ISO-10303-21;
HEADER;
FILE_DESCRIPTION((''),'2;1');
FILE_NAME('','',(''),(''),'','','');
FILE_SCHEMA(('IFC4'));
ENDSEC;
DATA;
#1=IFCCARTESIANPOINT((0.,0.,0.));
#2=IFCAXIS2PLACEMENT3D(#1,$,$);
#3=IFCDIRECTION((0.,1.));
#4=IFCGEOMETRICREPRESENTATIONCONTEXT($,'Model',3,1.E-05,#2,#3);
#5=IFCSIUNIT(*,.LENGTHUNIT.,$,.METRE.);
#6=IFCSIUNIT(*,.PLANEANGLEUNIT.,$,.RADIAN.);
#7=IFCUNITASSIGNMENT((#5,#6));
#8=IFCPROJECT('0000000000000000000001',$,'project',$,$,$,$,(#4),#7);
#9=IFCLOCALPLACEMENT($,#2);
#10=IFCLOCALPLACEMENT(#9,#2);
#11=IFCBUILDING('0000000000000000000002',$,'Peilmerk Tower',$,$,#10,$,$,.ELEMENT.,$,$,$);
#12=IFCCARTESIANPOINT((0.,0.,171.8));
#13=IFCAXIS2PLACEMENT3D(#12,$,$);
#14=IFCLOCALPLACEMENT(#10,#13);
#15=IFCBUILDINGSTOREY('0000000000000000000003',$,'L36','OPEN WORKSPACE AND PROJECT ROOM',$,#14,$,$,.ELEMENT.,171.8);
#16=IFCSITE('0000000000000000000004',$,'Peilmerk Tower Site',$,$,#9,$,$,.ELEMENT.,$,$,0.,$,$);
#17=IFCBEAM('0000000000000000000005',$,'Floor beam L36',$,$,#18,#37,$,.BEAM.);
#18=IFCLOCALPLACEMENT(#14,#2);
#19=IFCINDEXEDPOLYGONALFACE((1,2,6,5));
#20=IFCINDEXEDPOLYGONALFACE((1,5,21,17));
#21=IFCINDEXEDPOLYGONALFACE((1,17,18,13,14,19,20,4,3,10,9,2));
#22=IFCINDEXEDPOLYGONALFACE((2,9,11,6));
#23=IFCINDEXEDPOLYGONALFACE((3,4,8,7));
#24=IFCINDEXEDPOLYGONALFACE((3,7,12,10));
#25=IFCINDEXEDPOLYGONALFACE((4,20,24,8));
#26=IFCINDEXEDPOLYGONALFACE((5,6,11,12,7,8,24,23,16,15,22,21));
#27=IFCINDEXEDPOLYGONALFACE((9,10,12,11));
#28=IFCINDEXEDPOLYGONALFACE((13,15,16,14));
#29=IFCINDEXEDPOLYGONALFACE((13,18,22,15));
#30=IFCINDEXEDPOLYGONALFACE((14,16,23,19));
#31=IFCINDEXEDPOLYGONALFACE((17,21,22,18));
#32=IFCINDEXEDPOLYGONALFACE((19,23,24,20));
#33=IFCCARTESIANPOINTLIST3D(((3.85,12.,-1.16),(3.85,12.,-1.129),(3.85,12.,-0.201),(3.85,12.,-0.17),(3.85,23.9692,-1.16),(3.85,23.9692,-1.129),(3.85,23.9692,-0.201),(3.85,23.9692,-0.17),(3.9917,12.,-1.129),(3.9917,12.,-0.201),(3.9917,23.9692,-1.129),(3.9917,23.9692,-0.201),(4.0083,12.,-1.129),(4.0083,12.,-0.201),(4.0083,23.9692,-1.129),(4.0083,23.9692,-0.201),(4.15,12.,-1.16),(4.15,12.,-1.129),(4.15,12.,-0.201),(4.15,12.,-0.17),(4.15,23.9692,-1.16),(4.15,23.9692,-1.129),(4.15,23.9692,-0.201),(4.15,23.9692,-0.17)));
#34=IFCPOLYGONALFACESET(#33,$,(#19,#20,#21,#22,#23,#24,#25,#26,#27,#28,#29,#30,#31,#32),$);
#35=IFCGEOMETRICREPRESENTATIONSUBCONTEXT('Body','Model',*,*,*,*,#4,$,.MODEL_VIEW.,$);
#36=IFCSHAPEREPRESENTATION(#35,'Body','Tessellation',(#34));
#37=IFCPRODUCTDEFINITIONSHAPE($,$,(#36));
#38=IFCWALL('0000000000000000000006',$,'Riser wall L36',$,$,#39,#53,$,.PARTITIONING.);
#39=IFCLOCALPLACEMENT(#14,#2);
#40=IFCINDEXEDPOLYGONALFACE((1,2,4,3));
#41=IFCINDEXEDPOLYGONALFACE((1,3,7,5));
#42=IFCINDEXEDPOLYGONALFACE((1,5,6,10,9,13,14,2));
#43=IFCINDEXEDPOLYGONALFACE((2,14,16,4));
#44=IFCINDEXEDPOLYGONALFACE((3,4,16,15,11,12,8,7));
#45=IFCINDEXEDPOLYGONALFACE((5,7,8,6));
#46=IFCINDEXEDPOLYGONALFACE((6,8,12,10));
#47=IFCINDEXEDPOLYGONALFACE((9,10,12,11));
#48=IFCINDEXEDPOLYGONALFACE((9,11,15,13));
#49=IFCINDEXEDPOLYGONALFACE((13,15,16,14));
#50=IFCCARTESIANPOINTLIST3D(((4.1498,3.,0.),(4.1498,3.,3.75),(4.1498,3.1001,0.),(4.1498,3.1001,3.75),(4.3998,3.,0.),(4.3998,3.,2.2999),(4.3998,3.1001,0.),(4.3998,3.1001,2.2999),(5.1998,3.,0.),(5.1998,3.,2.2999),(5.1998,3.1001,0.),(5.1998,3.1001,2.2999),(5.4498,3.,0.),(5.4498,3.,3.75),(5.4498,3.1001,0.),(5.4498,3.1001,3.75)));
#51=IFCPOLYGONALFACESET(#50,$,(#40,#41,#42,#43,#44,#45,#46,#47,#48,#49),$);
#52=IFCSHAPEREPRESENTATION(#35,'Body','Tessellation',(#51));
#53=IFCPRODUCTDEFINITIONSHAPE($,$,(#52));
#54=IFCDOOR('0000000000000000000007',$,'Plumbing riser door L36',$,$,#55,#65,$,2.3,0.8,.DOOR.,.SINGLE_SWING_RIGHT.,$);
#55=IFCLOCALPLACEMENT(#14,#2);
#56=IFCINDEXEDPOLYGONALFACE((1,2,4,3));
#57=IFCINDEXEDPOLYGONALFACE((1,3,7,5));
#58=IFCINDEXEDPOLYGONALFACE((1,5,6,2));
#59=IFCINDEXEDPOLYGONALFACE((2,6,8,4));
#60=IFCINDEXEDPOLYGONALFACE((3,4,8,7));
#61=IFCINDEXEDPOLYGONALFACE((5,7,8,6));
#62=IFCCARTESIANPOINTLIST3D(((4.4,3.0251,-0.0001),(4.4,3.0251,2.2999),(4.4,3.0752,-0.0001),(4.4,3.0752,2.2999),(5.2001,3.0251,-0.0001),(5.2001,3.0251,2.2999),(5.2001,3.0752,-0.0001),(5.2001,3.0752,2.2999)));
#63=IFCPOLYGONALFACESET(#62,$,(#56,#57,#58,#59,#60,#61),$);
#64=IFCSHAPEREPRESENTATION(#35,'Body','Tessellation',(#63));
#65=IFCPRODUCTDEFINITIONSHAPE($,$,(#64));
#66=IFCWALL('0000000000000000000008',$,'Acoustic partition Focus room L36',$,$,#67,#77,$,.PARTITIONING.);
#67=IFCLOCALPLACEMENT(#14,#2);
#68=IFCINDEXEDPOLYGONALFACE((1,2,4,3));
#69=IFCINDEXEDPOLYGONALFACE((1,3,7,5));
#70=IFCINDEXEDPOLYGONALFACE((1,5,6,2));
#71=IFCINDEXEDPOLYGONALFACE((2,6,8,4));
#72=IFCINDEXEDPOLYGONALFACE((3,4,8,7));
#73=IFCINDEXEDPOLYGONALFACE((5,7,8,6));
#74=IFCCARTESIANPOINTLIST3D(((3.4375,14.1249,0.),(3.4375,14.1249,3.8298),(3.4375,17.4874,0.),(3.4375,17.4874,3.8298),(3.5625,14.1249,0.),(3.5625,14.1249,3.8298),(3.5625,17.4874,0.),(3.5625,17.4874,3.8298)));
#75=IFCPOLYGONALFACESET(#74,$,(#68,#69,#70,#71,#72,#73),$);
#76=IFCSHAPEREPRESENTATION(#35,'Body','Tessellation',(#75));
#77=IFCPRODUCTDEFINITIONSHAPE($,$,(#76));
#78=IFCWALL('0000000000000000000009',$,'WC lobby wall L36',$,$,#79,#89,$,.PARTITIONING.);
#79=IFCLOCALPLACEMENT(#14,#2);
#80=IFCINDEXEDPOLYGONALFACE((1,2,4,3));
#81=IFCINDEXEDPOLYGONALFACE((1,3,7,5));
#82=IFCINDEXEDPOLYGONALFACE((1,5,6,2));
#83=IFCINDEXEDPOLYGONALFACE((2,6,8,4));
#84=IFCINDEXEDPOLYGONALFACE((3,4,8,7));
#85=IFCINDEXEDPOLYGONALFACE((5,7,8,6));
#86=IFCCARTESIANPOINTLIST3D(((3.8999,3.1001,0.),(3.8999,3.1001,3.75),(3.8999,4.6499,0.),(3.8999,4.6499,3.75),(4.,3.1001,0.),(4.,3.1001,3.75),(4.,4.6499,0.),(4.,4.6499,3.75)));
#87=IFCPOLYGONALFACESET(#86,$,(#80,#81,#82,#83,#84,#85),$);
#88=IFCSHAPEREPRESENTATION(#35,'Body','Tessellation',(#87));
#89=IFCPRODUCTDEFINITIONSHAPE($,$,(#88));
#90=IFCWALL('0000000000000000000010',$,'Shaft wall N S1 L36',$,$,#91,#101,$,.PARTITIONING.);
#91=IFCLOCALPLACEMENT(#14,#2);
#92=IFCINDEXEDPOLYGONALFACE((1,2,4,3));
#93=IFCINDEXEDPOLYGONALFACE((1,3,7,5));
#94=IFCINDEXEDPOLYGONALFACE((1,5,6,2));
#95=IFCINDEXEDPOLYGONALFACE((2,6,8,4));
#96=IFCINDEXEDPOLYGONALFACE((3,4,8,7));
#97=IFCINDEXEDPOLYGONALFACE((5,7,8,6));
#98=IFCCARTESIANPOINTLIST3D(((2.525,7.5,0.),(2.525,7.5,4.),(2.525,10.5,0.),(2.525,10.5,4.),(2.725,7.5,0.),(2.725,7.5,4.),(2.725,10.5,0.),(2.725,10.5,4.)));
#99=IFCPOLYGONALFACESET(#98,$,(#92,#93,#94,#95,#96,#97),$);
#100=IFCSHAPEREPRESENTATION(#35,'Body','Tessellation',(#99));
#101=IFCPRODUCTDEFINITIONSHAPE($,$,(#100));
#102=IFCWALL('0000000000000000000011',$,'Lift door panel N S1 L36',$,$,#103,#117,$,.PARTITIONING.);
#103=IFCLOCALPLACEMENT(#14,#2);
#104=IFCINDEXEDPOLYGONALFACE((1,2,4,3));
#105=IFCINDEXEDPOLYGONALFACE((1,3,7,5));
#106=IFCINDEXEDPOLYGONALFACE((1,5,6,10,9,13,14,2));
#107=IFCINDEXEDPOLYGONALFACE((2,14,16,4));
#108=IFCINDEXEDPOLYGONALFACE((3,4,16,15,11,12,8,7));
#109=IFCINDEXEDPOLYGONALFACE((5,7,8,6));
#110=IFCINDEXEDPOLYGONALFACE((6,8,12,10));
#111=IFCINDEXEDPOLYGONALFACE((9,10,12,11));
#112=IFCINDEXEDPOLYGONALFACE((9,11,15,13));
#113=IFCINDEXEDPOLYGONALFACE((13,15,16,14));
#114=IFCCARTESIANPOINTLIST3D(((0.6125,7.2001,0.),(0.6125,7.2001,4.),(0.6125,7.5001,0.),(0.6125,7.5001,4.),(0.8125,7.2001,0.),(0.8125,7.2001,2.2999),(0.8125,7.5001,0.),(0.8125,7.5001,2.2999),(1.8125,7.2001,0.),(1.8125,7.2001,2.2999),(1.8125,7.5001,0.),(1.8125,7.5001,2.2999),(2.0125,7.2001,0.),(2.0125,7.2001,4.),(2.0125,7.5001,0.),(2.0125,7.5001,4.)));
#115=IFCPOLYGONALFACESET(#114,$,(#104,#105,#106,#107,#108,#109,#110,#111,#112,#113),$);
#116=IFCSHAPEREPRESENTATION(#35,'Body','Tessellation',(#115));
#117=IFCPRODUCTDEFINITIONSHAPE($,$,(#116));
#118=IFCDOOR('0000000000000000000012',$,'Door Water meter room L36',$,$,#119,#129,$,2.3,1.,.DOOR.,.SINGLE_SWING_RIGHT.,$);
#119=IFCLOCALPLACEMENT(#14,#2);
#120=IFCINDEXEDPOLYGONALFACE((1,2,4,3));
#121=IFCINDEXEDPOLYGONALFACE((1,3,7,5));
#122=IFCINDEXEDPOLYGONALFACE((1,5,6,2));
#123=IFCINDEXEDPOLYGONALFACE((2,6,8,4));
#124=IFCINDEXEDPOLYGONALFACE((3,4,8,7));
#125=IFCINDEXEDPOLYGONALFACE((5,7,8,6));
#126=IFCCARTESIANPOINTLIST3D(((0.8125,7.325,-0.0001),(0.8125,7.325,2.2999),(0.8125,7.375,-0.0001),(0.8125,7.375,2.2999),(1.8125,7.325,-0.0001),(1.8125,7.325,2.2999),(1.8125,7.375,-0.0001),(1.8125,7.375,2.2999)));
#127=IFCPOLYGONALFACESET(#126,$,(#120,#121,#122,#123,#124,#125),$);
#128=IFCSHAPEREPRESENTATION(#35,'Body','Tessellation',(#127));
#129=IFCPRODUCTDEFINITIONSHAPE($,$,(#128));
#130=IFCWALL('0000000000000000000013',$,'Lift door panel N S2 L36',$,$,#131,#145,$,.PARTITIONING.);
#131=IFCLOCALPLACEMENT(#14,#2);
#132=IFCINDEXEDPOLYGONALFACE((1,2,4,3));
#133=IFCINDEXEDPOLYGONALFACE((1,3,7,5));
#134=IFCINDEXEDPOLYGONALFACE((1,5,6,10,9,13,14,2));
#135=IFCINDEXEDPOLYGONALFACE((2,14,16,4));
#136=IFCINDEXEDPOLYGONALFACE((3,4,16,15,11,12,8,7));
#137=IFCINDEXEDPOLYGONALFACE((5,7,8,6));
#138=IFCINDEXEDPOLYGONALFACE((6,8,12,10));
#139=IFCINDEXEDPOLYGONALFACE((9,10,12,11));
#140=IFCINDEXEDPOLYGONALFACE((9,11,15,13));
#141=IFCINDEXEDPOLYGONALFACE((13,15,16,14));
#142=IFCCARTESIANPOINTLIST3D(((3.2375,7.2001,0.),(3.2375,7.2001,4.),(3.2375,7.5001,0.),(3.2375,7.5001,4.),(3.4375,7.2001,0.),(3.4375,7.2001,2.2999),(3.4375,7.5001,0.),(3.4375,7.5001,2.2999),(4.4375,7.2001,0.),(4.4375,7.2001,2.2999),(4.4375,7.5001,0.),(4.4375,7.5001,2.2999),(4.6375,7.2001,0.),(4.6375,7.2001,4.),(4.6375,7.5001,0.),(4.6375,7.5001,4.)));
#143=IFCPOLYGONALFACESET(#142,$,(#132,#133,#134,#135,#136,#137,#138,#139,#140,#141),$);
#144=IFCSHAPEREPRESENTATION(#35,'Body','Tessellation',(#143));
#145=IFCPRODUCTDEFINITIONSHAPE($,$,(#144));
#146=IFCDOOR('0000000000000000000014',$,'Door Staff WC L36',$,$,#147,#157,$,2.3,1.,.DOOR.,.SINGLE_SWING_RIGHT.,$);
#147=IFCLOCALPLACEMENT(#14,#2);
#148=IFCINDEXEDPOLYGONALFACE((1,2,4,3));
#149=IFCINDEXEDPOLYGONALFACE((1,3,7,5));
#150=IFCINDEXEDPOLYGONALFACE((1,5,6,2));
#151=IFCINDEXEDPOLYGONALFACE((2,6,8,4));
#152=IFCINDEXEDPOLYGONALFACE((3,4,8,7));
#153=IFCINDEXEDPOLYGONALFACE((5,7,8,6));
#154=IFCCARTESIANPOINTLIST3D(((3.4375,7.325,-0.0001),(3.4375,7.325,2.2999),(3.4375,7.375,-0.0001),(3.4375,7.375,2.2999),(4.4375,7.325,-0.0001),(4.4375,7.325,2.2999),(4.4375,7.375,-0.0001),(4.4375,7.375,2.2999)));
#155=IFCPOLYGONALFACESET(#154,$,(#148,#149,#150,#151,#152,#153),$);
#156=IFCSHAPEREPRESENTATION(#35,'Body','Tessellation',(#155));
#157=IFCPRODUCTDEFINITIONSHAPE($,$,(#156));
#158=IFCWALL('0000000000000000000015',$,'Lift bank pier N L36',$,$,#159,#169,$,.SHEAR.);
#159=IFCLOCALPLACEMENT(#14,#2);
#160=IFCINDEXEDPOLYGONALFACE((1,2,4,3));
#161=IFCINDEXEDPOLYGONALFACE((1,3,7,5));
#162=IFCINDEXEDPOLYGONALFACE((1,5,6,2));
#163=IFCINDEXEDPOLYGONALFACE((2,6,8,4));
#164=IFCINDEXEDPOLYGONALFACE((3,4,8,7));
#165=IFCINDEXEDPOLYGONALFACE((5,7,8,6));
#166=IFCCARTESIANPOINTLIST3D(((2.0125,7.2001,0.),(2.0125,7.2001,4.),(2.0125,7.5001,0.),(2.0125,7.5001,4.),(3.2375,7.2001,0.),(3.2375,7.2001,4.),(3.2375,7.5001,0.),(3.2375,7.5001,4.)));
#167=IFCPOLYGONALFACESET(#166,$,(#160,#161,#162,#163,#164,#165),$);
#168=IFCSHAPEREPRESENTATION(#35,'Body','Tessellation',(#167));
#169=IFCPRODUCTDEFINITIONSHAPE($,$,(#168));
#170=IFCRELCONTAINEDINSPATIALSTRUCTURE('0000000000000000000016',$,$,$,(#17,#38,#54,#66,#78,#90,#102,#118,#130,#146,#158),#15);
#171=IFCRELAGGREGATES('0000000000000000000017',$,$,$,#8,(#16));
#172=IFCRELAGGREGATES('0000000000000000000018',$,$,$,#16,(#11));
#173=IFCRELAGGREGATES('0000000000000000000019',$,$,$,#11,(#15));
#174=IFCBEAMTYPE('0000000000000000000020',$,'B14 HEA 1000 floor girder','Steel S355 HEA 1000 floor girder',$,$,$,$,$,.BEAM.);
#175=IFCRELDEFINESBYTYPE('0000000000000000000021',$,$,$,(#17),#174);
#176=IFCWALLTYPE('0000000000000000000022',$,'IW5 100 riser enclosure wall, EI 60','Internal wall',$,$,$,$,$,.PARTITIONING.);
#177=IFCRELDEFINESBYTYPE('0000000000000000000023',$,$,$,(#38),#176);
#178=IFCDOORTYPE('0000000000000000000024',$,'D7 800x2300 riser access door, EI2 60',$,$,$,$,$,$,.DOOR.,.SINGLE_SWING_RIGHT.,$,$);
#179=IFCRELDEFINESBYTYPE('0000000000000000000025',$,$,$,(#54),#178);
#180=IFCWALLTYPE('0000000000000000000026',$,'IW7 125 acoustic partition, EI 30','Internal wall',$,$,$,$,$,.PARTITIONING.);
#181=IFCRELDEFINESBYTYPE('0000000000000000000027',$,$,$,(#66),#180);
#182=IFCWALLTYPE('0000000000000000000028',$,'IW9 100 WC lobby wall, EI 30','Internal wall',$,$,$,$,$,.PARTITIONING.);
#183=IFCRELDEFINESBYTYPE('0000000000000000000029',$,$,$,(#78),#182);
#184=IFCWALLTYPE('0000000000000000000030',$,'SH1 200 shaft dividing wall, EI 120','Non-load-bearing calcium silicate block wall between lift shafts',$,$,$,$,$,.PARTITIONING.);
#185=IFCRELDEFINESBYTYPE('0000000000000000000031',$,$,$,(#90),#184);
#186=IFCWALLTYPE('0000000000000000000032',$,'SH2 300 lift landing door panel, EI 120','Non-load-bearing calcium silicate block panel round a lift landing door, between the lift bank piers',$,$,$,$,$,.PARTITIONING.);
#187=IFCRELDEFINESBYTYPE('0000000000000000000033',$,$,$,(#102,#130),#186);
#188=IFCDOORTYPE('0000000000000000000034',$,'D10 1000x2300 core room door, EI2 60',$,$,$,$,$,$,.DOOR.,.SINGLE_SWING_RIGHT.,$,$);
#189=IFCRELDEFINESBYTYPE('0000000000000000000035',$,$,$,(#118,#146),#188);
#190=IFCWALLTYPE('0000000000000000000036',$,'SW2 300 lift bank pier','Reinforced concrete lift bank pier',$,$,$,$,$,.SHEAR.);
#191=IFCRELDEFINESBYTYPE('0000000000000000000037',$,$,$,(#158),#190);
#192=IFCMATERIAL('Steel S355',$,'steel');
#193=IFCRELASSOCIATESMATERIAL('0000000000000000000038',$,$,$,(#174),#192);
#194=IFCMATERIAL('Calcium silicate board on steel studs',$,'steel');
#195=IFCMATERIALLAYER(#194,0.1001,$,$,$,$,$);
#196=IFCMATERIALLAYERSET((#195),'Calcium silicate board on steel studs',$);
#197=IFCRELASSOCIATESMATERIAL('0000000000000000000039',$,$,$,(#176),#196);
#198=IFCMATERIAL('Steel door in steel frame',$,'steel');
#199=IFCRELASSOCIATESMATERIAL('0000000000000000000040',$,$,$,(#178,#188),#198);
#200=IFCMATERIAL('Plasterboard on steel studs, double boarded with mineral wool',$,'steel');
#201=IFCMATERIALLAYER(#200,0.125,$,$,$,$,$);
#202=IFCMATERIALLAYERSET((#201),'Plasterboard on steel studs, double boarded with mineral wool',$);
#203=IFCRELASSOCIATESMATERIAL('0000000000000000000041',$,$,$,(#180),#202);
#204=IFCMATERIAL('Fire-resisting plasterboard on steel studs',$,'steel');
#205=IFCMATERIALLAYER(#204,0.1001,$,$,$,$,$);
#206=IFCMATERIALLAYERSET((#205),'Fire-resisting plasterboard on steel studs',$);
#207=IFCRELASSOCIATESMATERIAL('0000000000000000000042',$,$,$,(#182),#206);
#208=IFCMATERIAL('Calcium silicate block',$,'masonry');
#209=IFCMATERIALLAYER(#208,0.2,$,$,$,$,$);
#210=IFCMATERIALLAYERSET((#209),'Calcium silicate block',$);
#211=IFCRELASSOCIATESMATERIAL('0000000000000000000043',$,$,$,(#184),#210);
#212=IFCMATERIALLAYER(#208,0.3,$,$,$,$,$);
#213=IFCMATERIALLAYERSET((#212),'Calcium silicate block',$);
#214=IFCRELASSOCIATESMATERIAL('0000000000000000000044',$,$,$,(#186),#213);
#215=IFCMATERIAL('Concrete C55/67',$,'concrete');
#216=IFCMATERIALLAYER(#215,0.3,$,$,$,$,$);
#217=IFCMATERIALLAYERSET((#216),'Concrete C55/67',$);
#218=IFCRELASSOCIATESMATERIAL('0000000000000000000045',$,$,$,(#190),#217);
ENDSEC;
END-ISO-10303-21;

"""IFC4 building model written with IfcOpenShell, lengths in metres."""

from ifc_helpers import new_model, si_unit, direction, frame, frame_2d, origin, origin_2d, place, context, subcontext, project, spatial, rectangle, i_section, extrude, material, layer, layer_set, material_profile, profile_set, type_object, element, fill, save


model = new_model("IFC4")

# Units and contexts
model_context = context("Model", 3, precision=1e-05, world=origin(), true_north=direction((0.0, 1.0)))
body_context = subcontext(model_context, "Body", "Model", "MODEL_VIEW")
ifc_project = project(units=[si_unit("LENGTHUNIT", "METRE"), si_unit("PLANEANGLEUNIT", "RADIAN")], contexts=[model_context])

# Site, building, storey
site_placement = place(None, origin())
site = spatial("IfcSite", under=ifc_project, at=site_placement, Name="Peilmerk Tower Site", CompositionType="ELEMENT", RefElevation=0.0)
building_placement = place(site_placement, origin())
building = spatial("IfcBuilding", under=site, at=building_placement, Name="Peilmerk Tower", CompositionType="ELEMENT")
storey_placement = place(building_placement, frame((0.0, 0.0, 171.8)))
storey = spatial("IfcBuildingStorey", under=building, at=storey_placement, Name="L36", Description="OPEN WORKSPACE AND PROJECT ROOM", CompositionType="ELEMENT", Elevation=171.8)

# Beam
ifc_material_1 = material(Name="Steel S355", Category="steel")
ifc_material_profile = material_profile(ifc_material_1, i_section(OverallWidth=0.3, OverallDepth=0.99, WebThickness=0.0166, FlangeThickness=0.031, at=origin_2d()), Name="HEA 1000")
ifc_profile_set = profile_set([ifc_material_profile], Name="Steel S355")
beam_type = type_object("IfcBeamType", Name="B14 HEA 1000 floor girder", Description="Steel S355 HEA 1000 floor girder", PredefinedType="BEAM", material=ifc_profile_set)
beam_placement = place(storey_placement, frame((4.0, 12.0, -0.665), z_axis=(0.0, 1.0, 0.0), x_axis=(-1.0, 0.0, 0.0)))
element("IfcBeam", 1, at=beam_placement, inside=storey, type_object=beam_type, Name="Floor beam L36", PredefinedType="BEAM", context=body_context, shape_type="SweptSolid", body=[
    extrude(i_section(OverallWidth=0.3, OverallDepth=0.99, WebThickness=0.0166, FlangeThickness=0.031, at=origin_2d()), origin(), (0.0, 0.0, 1.0), 11.9692),
])

# Wall, opening, door
ifc_material_2 = material(Name="Calcium silicate board on steel studs", Category="steel")
ifc_layer_1 = layer(ifc_material_2, 0.1001)
ifc_layer_set_1 = layer_set([ifc_layer_1], Name="Calcium silicate board on steel studs")
wall_type_1 = type_object("IfcWallType", Name="IW5 100 riser enclosure wall, EI 60", Description="Internal wall", PredefinedType="PARTITIONING", material=ifc_layer_set_1)
wall_1_placement = place(storey_placement, frame((4.1499, 3.05, 0.0), z_axis=(0.0, 0.0, 1.0), x_axis=(1.0, 0.0, 0.0)))
wall_1 = element("IfcWall", 2, at=wall_1_placement, inside=storey, type_object=wall_type_1, Name="Riser wall L36", PredefinedType="PARTITIONING", context=body_context, shape_type="SweptSolid", body=[
    extrude(rectangle(XDim=1.3, YDim=0.1001, at=frame_2d((0.6499, 0.0))), origin(), (0.0, 0.0, 1.0), 3.75),
])
opening_1_placement = place(wall_1_placement, frame((0.25, 0.0, 0.0)))
opening_1 = element("IfcOpeningElement", 3, at=opening_1_placement, cuts=wall_1, PredefinedType="OPENING", context=body_context, shape_type="SweptSolid", body=[
    extrude(rectangle(XDim=0.8, YDim=2.3, at=frame_2d((0.3999, 1.1499))), frame((0.0, 0.0601, 0.0), z_axis=(0.0, -1.0, 0.0), x_axis=(1.0, 0.0, 0.0)), (0.0, 0.0, 1.0), 0.1201),
])
ifc_material_3 = material(Name="Steel door in steel frame", Category="steel")
door_type_1 = type_object("IfcDoorType", Name="D7 800x2300 riser access door, EI2 60", OperationType="SINGLE_SWING_RIGHT", PredefinedType="DOOR", material=ifc_material_3)
door_1_placement = place(opening_1_placement, frame((0.8, 0.0, 0.0), z_axis=(0.0, 0.0, 1.0), x_axis=(-1.0, 0.0, 0.0)))
door_1 = element("IfcDoor", 4, at=door_1_placement, inside=storey, type_object=door_type_1, Name="Plumbing riser door L36", OperationType="SINGLE_SWING_RIGHT", OverallHeight=2.3, OverallWidth=0.8, PredefinedType="DOOR", context=body_context, shape_type="SweptSolid", body=[
    extrude(rectangle(XDim=0.8, YDim=2.3, at=frame_2d((0.3999, 1.1499))), frame((0.0, 0.0249, 0.0), z_axis=(0.0, -1.0, 0.0), x_axis=(1.0, 0.0, 0.0)), (0.0, 0.0, 1.0), 0.05),
])
fill(opening_1, door_1)

# Walls
ifc_material_4 = material(Name="Plasterboard on steel studs, double boarded with mineral wool", Category="steel")
ifc_layer_2 = layer(ifc_material_4, 0.125)
ifc_layer_set_2 = layer_set([ifc_layer_2], Name="Plasterboard on steel studs, double boarded with mineral wool")
wall_type_2 = type_object("IfcWallType", Name="IW7 125 acoustic partition, EI 30", Description="Internal wall", PredefinedType="PARTITIONING", material=ifc_layer_set_2)
wall_2_placement = place(storey_placement, frame((3.5, 14.125, 0.0), z_axis=(0.0, 0.0, 1.0), x_axis=(0.0, 1.0, 0.0)))
element("IfcWall", 5, at=wall_2_placement, inside=storey, type_object=wall_type_2, Name="Acoustic partition Focus room L36", PredefinedType="PARTITIONING", context=body_context, shape_type="SweptSolid", body=[
    extrude(rectangle(XDim=3.3625, YDim=0.125, at=frame_2d((1.6812, 0.0))), origin(), (0.0, 0.0, 1.0), 3.8298),
])
ifc_material_5 = material(Name="Fire-resisting plasterboard on steel studs", Category="steel")
ifc_layer_3 = layer(ifc_material_5, 0.1001)
ifc_layer_set_3 = layer_set([ifc_layer_3], Name="Fire-resisting plasterboard on steel studs")
wall_type_3 = type_object("IfcWallType", Name="IW9 100 WC lobby wall, EI 30", Description="Internal wall", PredefinedType="PARTITIONING", material=ifc_layer_set_3)
wall_3_placement = place(storey_placement, frame((3.95, 3.1001, 0.0), z_axis=(0.0, 0.0, 1.0), x_axis=(0.0, 1.0, 0.0)))
element("IfcWall", 6, at=wall_3_placement, inside=storey, type_object=wall_type_3, Name="WC lobby wall L36", PredefinedType="PARTITIONING", context=body_context, shape_type="SweptSolid", body=[
    extrude(rectangle(XDim=1.5498, YDim=0.1001, at=frame_2d((0.7749, 0.0))), origin(), (0.0, 0.0, 1.0), 3.75),
])
ifc_material_6 = material(Name="Calcium silicate block", Category="masonry")
ifc_layer_4 = layer(ifc_material_6, 0.2)
ifc_layer_set_4 = layer_set([ifc_layer_4], Name="Calcium silicate block")
wall_type_4 = type_object("IfcWallType", Name="SH1 200 shaft dividing wall, EI 120", Description="Non-load-bearing calcium silicate block wall between lift shafts", PredefinedType="PARTITIONING", material=ifc_layer_set_4)
wall_4_placement = place(storey_placement, frame((2.625, 7.5, 0.0), z_axis=(0.0, 0.0, 1.0), x_axis=(0.0, 1.0, 0.0)))
element("IfcWall", 7, at=wall_4_placement, inside=storey, type_object=wall_type_4, Name="Shaft wall N S1 L36", PredefinedType="PARTITIONING", context=body_context, shape_type="SweptSolid", body=[
    extrude(rectangle(XDim=3.0, YDim=0.2, at=frame_2d((1.5, 0.0))), origin(), (0.0, 0.0, 1.0), 4.0),
])

# Walls, openings, doors
ifc_layer_5 = layer(ifc_material_6, 0.3)
ifc_layer_set_5 = layer_set([ifc_layer_5], Name="Calcium silicate block")
wall_type_5 = type_object("IfcWallType", Name="SH2 300 lift landing door panel, EI 120", Description="Non-load-bearing calcium silicate block panel round a lift landing door, between the lift bank piers", PredefinedType="PARTITIONING", material=ifc_layer_set_5)
wall_5_placement = place(storey_placement, frame((0.6125, 7.3501, 0.0), z_axis=(0.0, 0.0, 1.0), x_axis=(1.0, 0.0, 0.0)))
wall_5 = element("IfcWall", 8, at=wall_5_placement, inside=storey, type_object=wall_type_5, Name="Lift door panel N S1 L36", PredefinedType="PARTITIONING", context=body_context, shape_type="SweptSolid", body=[
    extrude(rectangle(XDim=1.3999, YDim=0.3, at=frame_2d((0.7, 0.0))), origin(), (0.0, 0.0, 1.0), 4.0),
])
opening_2_placement = place(wall_5_placement, frame((0.2, 0.0, 0.0)))
opening_2 = element("IfcOpeningElement", 9, at=opening_2_placement, cuts=wall_5, PredefinedType="OPENING", context=body_context, shape_type="SweptSolid", body=[
    extrude(rectangle(XDim=1.0, YDim=2.3, at=frame_2d((0.5, 1.1499))), frame((0.0, 0.1599, 0.0), z_axis=(0.0, -1.0, 0.0), x_axis=(1.0, 0.0, 0.0)), (0.0, 0.0, 1.0), 0.3201),
])
door_type_2 = type_object("IfcDoorType", Name="D10 1000x2300 core room door, EI2 60", OperationType="SINGLE_SWING_RIGHT", PredefinedType="DOOR", material=ifc_material_3)
door_2_placement = place(opening_2_placement, origin())
door_2 = element("IfcDoor", 10, at=door_2_placement, inside=storey, type_object=door_type_2, Name="Door Water meter room L36", OperationType="SINGLE_SWING_RIGHT", OverallHeight=2.3, OverallWidth=1.0, PredefinedType="DOOR", context=body_context, shape_type="SweptSolid", body=[
    extrude(rectangle(XDim=1.0, YDim=2.3, at=frame_2d((0.5, 1.1499))), frame((0.0, 0.0249, 0.0), z_axis=(0.0, -1.0, 0.0), x_axis=(1.0, 0.0, 0.0)), (0.0, 0.0, 1.0), 0.05),
])
fill(opening_2, door_2)
wall_6_placement = place(storey_placement, frame((3.2375, 7.3501, 0.0), z_axis=(0.0, 0.0, 1.0), x_axis=(1.0, 0.0, 0.0)))
wall_6 = element("IfcWall", 11, at=wall_6_placement, inside=storey, type_object=wall_type_5, Name="Lift door panel N S2 L36", PredefinedType="PARTITIONING", context=body_context, shape_type="SweptSolid", body=[
    extrude(rectangle(XDim=1.3999, YDim=0.3, at=frame_2d((0.7, 0.0))), origin(), (0.0, 0.0, 1.0), 4.0),
])
opening_3_placement = place(wall_6_placement, frame((0.2, 0.0, 0.0)))
opening_3 = element("IfcOpeningElement", 12, at=opening_3_placement, cuts=wall_6, PredefinedType="OPENING", context=body_context, shape_type="SweptSolid", body=[
    extrude(rectangle(XDim=1.0, YDim=2.3, at=frame_2d((0.5, 1.1499))), frame((0.0, 0.1599, 0.0), z_axis=(0.0, -1.0, 0.0), x_axis=(1.0, 0.0, 0.0)), (0.0, 0.0, 1.0), 0.3201),
])
door_3_placement = place(opening_3_placement, origin())
door_3 = element("IfcDoor", 13, at=door_3_placement, inside=storey, type_object=door_type_2, Name="Door Staff WC L36", OperationType="SINGLE_SWING_RIGHT", OverallHeight=2.3, OverallWidth=1.0, PredefinedType="DOOR", context=body_context, shape_type="SweptSolid", body=[
    extrude(rectangle(XDim=1.0, YDim=2.3, at=frame_2d((0.5, 1.1499))), frame((0.0, 0.0249, 0.0), z_axis=(0.0, -1.0, 0.0), x_axis=(1.0, 0.0, 0.0)), (0.0, 0.0, 1.0), 0.05),
])
fill(opening_3, door_3)

# Wall
ifc_material_7 = material(Name="Concrete C55/67", Category="concrete")
ifc_layer_6 = layer(ifc_material_7, 0.3)
ifc_layer_set_6 = layer_set([ifc_layer_6], Name="Concrete C55/67")
wall_type_6 = type_object("IfcWallType", Name="SW2 300 lift bank pier", Description="Reinforced concrete lift bank pier", PredefinedType="SHEAR", material=ifc_layer_set_6)
wall_7_placement = place(storey_placement, frame((2.0125, 7.3501, 0.0), z_axis=(0.0, 0.0, 1.0), x_axis=(1.0, 0.0, 0.0)))
element("IfcWall", 14, at=wall_7_placement, inside=storey, type_object=wall_type_6, Name="Lift bank pier N L36", PredefinedType="SHEAR", context=body_context, shape_type="SweptSolid", body=[
    extrude(rectangle(XDim=1.2251, YDim=0.3, at=frame_2d((0.6125, 0.0))), origin(), (0.0, 0.0, 1.0), 4.0),
])

save(model, "model.ifc")
